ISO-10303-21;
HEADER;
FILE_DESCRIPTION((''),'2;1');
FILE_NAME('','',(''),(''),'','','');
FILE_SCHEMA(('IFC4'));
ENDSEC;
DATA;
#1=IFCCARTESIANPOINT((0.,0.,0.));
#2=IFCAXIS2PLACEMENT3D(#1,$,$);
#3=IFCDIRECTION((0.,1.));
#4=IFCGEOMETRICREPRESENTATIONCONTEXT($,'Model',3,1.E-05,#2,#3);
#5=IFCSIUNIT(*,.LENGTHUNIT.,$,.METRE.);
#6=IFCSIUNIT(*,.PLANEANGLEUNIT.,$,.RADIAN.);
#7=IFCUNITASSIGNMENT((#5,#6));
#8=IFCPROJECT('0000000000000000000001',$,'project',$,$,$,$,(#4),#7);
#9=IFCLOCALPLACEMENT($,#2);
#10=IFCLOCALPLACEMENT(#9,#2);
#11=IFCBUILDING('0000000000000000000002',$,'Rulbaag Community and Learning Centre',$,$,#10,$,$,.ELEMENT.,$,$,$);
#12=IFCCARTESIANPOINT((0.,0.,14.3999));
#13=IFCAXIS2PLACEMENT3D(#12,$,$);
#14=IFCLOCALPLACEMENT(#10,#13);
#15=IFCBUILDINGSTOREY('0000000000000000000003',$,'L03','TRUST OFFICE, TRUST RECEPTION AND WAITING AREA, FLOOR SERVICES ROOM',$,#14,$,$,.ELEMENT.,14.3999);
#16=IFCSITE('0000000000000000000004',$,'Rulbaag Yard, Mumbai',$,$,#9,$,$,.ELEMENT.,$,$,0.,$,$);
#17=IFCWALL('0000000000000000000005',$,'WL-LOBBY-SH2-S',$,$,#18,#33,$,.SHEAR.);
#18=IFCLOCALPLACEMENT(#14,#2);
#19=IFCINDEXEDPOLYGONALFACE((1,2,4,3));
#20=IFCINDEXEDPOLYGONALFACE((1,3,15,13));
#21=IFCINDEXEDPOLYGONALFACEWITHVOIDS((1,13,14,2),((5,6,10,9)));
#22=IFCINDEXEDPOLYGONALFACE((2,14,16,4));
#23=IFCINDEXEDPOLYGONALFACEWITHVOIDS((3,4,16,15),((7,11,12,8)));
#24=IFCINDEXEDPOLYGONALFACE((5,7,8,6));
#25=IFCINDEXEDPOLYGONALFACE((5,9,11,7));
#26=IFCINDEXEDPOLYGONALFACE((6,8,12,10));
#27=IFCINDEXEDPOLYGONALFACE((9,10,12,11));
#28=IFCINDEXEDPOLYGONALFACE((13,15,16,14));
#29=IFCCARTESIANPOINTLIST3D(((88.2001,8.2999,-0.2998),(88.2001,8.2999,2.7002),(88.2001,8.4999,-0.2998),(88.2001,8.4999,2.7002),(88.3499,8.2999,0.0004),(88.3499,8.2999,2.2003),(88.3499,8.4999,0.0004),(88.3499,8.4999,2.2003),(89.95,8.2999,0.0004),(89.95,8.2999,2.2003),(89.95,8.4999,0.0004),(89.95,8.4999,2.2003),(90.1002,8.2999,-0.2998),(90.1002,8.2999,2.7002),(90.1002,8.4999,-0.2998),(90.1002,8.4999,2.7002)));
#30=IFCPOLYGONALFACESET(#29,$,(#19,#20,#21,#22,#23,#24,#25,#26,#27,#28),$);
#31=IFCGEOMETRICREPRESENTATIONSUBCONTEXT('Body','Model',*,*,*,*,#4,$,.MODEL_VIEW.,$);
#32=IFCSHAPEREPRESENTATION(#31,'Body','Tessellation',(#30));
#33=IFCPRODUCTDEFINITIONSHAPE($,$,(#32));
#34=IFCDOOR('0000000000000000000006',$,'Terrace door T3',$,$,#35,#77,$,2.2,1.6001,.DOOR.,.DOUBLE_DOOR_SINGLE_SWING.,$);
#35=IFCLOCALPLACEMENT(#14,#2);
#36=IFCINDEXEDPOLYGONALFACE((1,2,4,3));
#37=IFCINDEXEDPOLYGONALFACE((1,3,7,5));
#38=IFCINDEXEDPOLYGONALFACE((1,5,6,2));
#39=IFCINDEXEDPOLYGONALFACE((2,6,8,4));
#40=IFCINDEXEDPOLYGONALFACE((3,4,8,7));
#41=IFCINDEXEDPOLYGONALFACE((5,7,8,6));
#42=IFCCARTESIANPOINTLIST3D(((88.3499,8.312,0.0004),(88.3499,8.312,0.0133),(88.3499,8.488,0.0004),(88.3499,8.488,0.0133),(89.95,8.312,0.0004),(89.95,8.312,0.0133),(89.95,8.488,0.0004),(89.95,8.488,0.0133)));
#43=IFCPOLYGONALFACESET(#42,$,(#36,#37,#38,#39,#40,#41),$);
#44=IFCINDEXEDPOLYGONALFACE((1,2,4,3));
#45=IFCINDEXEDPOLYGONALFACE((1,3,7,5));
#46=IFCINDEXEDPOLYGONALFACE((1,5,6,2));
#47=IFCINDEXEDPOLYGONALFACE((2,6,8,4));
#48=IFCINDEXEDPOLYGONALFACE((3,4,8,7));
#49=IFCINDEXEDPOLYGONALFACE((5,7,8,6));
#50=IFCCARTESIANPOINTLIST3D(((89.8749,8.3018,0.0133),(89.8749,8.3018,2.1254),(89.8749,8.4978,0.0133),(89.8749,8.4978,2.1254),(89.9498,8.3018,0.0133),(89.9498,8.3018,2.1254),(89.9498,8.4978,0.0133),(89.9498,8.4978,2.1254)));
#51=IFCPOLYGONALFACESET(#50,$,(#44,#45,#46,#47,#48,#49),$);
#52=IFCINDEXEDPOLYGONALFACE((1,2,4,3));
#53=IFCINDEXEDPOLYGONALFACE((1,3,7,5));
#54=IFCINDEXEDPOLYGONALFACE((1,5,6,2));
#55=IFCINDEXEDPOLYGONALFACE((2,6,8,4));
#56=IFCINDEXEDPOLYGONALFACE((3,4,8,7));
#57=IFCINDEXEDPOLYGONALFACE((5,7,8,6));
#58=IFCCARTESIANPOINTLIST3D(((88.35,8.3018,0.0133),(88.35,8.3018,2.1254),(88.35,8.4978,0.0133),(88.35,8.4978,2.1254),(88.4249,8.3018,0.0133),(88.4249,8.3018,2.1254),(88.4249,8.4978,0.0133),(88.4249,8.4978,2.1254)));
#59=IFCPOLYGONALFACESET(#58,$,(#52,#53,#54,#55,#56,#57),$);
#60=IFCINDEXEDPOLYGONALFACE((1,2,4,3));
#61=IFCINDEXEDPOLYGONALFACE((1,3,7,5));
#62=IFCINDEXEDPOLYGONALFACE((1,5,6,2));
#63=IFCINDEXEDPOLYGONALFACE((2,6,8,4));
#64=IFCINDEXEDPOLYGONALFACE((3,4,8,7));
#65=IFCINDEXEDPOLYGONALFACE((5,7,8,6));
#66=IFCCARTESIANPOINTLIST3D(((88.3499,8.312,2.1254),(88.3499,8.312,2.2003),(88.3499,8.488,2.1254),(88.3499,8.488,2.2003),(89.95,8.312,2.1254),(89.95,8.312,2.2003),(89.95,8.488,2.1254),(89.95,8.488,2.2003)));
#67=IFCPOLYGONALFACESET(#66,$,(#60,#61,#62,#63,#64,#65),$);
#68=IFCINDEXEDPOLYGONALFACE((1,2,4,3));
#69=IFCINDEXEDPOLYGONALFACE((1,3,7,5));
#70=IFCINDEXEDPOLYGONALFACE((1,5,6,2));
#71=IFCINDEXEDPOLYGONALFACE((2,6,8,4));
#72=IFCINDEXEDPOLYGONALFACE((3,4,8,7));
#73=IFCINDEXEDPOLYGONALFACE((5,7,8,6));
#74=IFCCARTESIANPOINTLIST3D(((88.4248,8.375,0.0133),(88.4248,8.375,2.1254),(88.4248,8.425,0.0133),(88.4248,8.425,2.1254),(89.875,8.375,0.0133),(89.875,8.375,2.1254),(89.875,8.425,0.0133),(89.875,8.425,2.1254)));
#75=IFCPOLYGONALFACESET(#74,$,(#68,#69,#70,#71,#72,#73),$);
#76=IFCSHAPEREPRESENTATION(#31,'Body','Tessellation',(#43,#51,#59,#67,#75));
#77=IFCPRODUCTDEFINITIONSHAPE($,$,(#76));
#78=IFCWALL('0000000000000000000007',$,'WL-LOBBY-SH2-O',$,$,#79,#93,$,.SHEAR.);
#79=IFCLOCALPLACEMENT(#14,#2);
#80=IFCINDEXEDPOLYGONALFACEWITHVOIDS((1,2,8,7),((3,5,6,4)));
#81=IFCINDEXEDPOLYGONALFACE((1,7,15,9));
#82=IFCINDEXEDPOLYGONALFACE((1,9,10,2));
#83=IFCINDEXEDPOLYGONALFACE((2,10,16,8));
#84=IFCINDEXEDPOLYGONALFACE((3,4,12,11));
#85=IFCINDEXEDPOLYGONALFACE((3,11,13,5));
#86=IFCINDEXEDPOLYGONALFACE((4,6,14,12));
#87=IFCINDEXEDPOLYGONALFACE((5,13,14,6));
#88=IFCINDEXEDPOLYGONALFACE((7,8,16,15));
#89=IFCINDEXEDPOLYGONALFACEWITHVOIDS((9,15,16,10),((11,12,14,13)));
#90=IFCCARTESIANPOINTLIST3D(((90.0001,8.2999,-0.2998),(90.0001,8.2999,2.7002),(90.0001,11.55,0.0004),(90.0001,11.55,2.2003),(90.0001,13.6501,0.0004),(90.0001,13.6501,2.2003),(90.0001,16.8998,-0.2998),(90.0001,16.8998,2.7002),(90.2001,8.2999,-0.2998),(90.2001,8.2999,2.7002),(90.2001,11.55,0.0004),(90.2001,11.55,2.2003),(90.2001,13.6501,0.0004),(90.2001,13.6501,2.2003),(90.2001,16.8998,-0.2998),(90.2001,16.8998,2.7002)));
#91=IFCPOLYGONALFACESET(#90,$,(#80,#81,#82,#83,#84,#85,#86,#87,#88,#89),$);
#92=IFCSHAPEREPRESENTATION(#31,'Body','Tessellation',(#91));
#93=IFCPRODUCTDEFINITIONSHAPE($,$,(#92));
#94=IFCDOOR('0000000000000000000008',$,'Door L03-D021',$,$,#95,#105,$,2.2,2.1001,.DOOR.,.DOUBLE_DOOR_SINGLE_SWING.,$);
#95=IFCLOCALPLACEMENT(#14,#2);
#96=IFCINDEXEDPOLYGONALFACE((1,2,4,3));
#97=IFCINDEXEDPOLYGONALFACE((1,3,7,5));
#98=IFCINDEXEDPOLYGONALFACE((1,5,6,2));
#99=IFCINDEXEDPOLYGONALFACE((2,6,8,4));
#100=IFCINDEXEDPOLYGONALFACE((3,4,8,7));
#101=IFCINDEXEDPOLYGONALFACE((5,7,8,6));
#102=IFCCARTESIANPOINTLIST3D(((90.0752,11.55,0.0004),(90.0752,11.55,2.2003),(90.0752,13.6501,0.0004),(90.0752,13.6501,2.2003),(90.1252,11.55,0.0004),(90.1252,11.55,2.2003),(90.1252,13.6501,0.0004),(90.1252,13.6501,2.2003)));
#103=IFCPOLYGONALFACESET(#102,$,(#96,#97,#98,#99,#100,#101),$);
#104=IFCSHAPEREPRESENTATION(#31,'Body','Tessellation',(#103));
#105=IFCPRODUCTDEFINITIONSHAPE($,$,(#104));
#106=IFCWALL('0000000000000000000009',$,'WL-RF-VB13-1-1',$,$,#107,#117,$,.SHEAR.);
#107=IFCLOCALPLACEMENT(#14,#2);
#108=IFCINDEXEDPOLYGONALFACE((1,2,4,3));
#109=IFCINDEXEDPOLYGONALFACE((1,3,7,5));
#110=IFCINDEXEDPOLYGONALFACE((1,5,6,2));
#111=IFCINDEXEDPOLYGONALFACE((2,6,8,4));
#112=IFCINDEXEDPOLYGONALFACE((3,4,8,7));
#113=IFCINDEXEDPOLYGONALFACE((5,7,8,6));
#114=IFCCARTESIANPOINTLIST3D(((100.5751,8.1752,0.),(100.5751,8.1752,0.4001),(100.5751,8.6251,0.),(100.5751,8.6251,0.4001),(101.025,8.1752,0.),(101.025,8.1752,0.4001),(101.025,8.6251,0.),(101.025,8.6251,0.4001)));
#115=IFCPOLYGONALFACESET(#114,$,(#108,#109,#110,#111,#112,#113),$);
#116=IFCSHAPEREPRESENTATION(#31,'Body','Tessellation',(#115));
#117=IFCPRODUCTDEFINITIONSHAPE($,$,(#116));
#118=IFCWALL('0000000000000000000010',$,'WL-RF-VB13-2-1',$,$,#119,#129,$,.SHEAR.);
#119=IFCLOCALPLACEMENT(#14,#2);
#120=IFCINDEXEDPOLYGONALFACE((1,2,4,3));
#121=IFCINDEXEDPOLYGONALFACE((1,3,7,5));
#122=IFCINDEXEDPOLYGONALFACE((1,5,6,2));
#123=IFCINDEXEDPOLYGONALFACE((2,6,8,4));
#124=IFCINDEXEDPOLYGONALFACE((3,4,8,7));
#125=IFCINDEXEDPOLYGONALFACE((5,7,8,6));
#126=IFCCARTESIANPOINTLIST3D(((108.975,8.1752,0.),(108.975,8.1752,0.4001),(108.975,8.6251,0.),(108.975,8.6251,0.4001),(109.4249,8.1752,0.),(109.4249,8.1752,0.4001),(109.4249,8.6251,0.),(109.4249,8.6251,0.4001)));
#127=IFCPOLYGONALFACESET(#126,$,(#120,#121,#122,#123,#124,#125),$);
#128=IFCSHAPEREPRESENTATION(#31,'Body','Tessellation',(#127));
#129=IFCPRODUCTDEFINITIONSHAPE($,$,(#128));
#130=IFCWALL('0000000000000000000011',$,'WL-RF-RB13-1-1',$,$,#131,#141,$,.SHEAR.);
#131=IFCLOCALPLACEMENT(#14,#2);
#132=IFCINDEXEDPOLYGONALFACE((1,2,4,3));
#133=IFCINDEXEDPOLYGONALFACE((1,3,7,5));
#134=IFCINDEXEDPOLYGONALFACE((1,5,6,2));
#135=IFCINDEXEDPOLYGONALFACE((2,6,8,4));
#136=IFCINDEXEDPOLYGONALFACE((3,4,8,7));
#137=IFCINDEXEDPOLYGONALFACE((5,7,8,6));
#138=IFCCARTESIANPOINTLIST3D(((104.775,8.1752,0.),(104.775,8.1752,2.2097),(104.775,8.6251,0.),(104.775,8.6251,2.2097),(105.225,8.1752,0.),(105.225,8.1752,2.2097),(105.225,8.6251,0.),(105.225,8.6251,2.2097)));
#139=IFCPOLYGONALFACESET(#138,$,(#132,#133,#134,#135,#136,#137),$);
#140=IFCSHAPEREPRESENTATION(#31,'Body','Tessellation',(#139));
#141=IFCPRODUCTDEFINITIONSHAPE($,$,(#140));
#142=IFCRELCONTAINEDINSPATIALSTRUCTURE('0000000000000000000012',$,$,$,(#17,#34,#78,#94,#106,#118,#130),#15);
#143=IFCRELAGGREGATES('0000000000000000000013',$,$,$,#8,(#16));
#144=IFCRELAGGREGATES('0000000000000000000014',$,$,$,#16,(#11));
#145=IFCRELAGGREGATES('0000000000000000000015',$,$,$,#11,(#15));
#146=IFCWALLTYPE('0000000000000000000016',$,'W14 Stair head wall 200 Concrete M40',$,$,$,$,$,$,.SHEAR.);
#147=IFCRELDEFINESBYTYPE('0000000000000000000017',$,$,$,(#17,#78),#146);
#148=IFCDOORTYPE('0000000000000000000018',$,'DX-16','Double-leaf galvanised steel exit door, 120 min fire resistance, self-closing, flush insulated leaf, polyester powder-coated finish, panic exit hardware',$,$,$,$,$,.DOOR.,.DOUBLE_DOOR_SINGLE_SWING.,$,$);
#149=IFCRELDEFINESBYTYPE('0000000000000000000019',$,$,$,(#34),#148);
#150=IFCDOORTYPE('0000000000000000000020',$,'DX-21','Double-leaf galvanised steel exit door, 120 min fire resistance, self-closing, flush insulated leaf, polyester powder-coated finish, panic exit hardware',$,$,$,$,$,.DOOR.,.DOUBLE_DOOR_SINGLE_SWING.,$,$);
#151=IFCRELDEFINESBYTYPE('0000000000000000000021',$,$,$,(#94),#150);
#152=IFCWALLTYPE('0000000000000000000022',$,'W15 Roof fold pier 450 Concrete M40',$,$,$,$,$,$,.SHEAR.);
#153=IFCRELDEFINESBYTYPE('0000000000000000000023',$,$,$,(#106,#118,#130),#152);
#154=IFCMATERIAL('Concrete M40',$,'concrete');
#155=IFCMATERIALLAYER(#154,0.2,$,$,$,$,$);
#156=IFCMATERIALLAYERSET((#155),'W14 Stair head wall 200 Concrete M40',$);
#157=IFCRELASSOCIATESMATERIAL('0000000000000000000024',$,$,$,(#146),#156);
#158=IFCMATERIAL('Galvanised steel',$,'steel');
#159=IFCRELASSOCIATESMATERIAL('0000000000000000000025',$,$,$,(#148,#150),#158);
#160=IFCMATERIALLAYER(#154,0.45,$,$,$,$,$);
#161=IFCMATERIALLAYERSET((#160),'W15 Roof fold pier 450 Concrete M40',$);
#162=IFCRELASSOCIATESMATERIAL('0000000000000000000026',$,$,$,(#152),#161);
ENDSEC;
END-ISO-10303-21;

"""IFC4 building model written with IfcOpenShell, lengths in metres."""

from ifc_helpers import new_model, si_unit, direction, frame, frame_2d, origin, place, context, subcontext, project, spatial, rectangle, extrude, material, layer, layer_set, type_object, element, fill, save


model = new_model("IFC4")

# Units and contexts
model_context = context("Model", 3, precision=1e-05, world=origin(), true_north=direction((0.0, 1.0)))
body_context = subcontext(model_context, "Body", "Model", "MODEL_VIEW")
ifc_project = project(units=[si_unit("LENGTHUNIT", "METRE"), si_unit("PLANEANGLEUNIT", "RADIAN")], contexts=[model_context])

# Site, building, storey
site_placement = place(None, origin())
site = spatial("IfcSite", under=ifc_project, at=site_placement, Name="Rulbaag Yard, Mumbai", CompositionType="ELEMENT", RefElevation=0.0)
building_placement = place(site_placement, origin())
building = spatial("IfcBuilding", under=site, at=building_placement, Name="Rulbaag Community and Learning Centre", CompositionType="ELEMENT")
storey_placement = place(building_placement, frame((0.0, 0.0, 14.3999)))
storey = spatial("IfcBuildingStorey", under=building, at=storey_placement, Name="L03", Description="TRUST OFFICE, TRUST RECEPTION AND WAITING AREA, FLOOR SERVICES ROOM", CompositionType="ELEMENT", Elevation=14.3999)

# Shared definitions
ifc_material_1 = material(Name="Concrete M40", Category="concrete")

# Walls, openings, doors
ifc_layer_1 = layer(ifc_material_1, 0.2)
ifc_layer_set_1 = layer_set([ifc_layer_1], Name="W14 Stair head wall 200 Concrete M40")
wall_type_1 = type_object("IfcWallType", Name="W14 Stair head wall 200 Concrete M40", PredefinedType="SHEAR", material=ifc_layer_set_1)
ifc_material_2 = material(Name="Galvanised steel", Category="steel")
wall_1_placement = place(storey_placement, frame((88.2, 8.3999, -0.2998), z_axis=(0.0, 0.0, 1.0), x_axis=(1.0, 0.0, 0.0)))
wall_1 = element("IfcWall", 1, at=wall_1_placement, inside=storey, type_object=wall_type_1, Name="WL-LOBBY-SH2-S", PredefinedType="SHEAR", context=body_context, shape_type="SweptSolid", body=[
    extrude(rectangle(XDim=1.9001, YDim=0.2, at=frame_2d((0.9502, 0.0))), origin(), (0.0, 0.0, 1.0), 3.0),
])
opening_1_placement = place(wall_1_placement, frame((1.75, 0.0, 0.3), z_axis=(0.0, 0.0, 1.0), x_axis=(-1.0, 0.0, 0.0)))
opening_1 = element("IfcOpeningElement", 2, at=opening_1_placement, cuts=wall_1, PredefinedType="OPENING", context=body_context, shape_type="SweptSolid", body=[
    extrude(rectangle(XDim=1.6001, YDim=2.2, at=frame_2d((0.8, 1.1001))), frame((0.0, 0.1099, 0.0), z_axis=(0.0, -1.0, 0.0), x_axis=(1.0, 0.0, 0.0)), (0.0, 0.0, 1.0), 0.22),
])
door_type_1 = type_object("IfcDoorType", Name="DX-16", Description="Double-leaf galvanised steel exit door, 120 min fire resistance, self-closing, flush insulated leaf, polyester powder-coated finish, panic exit hardware", OperationType="DOUBLE_DOOR_SINGLE_SWING", PredefinedType="DOOR", material=ifc_material_2)
door_1_placement = place(opening_1_placement, origin())
door_1 = element("IfcDoor", 3, at=door_1_placement, inside=storey, type_object=door_type_1, Name="Terrace door T3", OperationType="DOUBLE_DOOR_SINGLE_SWING", OverallHeight=2.2, OverallWidth=1.6001, PredefinedType="DOOR", context=body_context, shape_type="SweptSolid", body=[
    extrude(rectangle(XDim=1.6001, YDim=0.0129, at=frame_2d((0.8, 0.0066))), frame((0.0, 0.0879, 0.0), z_axis=(0.0, -1.0, 0.0), x_axis=(1.0, 0.0, 0.0)), (0.0, 0.0, 1.0), 0.176),
    extrude(rectangle(XDim=0.075, YDim=2.1121, at=frame_2d((0.0376, 1.0691))), frame((0.0, 0.0981, 0.0), z_axis=(0.0, -1.0, 0.0), x_axis=(1.0, 0.0, 0.0)), (0.0, 0.0, 1.0), 0.196),
    extrude(rectangle(XDim=0.075, YDim=2.1121, at=frame_2d((1.5625, 1.0691))), frame((0.0, 0.0981, 0.0), z_axis=(0.0, -1.0, 0.0), x_axis=(1.0, 0.0, 0.0)), (0.0, 0.0, 1.0), 0.196),
    extrude(rectangle(XDim=1.6001, YDim=0.075, at=frame_2d((0.8, 2.1626))), frame((0.0, 0.0879, 0.0), z_axis=(0.0, -1.0, 0.0), x_axis=(1.0, 0.0, 0.0)), (0.0, 0.0, 1.0), 0.176),
    extrude(rectangle(XDim=1.4502, YDim=2.1121, at=frame_2d((0.8, 1.0691))), frame((0.0, 0.0249, 0.0), z_axis=(0.0, -1.0, 0.0), x_axis=(1.0, 0.0, 0.0)), (0.0, 0.0, 1.0), 0.05),
])
fill(opening_1, door_1)
wall_2_placement = place(storey_placement, frame((90.1001, 8.3, -0.2998), z_axis=(0.0, 0.0, 1.0), x_axis=(0.0, 1.0, 0.0)))
wall_2 = element("IfcWall", 4, at=wall_2_placement, inside=storey, type_object=wall_type_1, Name="WL-LOBBY-SH2-O", PredefinedType="SHEAR", context=body_context, shape_type="SweptSolid", body=[
    extrude(rectangle(XDim=8.5999, YDim=0.2, at=frame_2d((4.2998, 0.0))), origin(), (0.0, 0.0, 1.0), 3.0),
])
opening_2_placement = place(wall_2_placement, frame((3.25, 0.0, 0.3)))
opening_2 = element("IfcOpeningElement", 5, at=opening_2_placement, cuts=wall_2, PredefinedType="OPENING", context=body_context, shape_type="SweptSolid", body=[
    extrude(rectangle(XDim=2.1001, YDim=2.2, at=frame_2d((1.05, 1.1001))), frame((0.0, 0.1099, 0.0), z_axis=(0.0, -1.0, 0.0), x_axis=(1.0, 0.0, 0.0)), (0.0, 0.0, 1.0), 0.22),
])
door_type_2 = type_object("IfcDoorType", Name="DX-21", Description="Double-leaf galvanised steel exit door, 120 min fire resistance, self-closing, flush insulated leaf, polyester powder-coated finish, panic exit hardware", OperationType="DOUBLE_DOOR_SINGLE_SWING", PredefinedType="DOOR", material=ifc_material_2)
door_2_placement = place(opening_2_placement, origin())
door_2 = element("IfcDoor", 6, at=door_2_placement, inside=storey, type_object=door_type_2, Name="Door L03-D021", OperationType="DOUBLE_DOOR_SINGLE_SWING", OverallHeight=2.2, OverallWidth=2.1001, PredefinedType="DOOR", context=body_context, shape_type="SweptSolid", body=[
    extrude(rectangle(XDim=2.1001, YDim=2.2, at=frame_2d((1.05, 1.1001))), frame((0.0, 0.0249, 0.0), z_axis=(0.0, -1.0, 0.0), x_axis=(1.0, 0.0, 0.0)), (0.0, 0.0, 1.0), 0.05),
])
fill(opening_2, door_2)

# Walls
ifc_layer_2 = layer(ifc_material_1, 0.45)
ifc_layer_set_2 = layer_set([ifc_layer_2], Name="W15 Roof fold pier 450 Concrete M40")
wall_type_2 = type_object("IfcWallType", Name="W15 Roof fold pier 450 Concrete M40", PredefinedType="SHEAR", material=ifc_layer_set_2)
for number, where, z_axis, x_axis, name in (
    (7, (100.8, 8.175, 0.0), (0.0, 0.0, 1.0), (0.0, 1.0, 0.0), "WL-RF-VB13-1-1"),
    (8, (109.2, 8.175, 0.0), (0.0, 0.0, 1.0), (0.0, 1.0, 0.0), "WL-RF-VB13-2-1"),
):
    element("IfcWall", number, at=place(storey_placement, frame(where, z_axis=z_axis, x_axis=x_axis)), inside=storey, type_object=wall_type_2, Name=name, PredefinedType="SHEAR", context=body_context, shape_type="SweptSolid", body=[
        extrude(rectangle(XDim=0.45, YDim=0.45, at=frame_2d((0.2251, 0.0))), origin(), (0.0, 0.0, 1.0), 0.4001),
    ])
wall_3_placement = place(storey_placement, frame((105.0, 8.175, 0.0), z_axis=(0.0, 0.0, 1.0), x_axis=(0.0, 1.0, 0.0)))
element("IfcWall", 9, at=wall_3_placement, inside=storey, type_object=wall_type_2, Name="WL-RF-RB13-1-1", PredefinedType="SHEAR", context=body_context, shape_type="SweptSolid", body=[
    extrude(rectangle(XDim=0.45, YDim=0.45, at=frame_2d((0.2251, 0.0))), origin(), (0.0, 0.0, 1.0), 2.2097),
])

save(model, "model.ifc")
